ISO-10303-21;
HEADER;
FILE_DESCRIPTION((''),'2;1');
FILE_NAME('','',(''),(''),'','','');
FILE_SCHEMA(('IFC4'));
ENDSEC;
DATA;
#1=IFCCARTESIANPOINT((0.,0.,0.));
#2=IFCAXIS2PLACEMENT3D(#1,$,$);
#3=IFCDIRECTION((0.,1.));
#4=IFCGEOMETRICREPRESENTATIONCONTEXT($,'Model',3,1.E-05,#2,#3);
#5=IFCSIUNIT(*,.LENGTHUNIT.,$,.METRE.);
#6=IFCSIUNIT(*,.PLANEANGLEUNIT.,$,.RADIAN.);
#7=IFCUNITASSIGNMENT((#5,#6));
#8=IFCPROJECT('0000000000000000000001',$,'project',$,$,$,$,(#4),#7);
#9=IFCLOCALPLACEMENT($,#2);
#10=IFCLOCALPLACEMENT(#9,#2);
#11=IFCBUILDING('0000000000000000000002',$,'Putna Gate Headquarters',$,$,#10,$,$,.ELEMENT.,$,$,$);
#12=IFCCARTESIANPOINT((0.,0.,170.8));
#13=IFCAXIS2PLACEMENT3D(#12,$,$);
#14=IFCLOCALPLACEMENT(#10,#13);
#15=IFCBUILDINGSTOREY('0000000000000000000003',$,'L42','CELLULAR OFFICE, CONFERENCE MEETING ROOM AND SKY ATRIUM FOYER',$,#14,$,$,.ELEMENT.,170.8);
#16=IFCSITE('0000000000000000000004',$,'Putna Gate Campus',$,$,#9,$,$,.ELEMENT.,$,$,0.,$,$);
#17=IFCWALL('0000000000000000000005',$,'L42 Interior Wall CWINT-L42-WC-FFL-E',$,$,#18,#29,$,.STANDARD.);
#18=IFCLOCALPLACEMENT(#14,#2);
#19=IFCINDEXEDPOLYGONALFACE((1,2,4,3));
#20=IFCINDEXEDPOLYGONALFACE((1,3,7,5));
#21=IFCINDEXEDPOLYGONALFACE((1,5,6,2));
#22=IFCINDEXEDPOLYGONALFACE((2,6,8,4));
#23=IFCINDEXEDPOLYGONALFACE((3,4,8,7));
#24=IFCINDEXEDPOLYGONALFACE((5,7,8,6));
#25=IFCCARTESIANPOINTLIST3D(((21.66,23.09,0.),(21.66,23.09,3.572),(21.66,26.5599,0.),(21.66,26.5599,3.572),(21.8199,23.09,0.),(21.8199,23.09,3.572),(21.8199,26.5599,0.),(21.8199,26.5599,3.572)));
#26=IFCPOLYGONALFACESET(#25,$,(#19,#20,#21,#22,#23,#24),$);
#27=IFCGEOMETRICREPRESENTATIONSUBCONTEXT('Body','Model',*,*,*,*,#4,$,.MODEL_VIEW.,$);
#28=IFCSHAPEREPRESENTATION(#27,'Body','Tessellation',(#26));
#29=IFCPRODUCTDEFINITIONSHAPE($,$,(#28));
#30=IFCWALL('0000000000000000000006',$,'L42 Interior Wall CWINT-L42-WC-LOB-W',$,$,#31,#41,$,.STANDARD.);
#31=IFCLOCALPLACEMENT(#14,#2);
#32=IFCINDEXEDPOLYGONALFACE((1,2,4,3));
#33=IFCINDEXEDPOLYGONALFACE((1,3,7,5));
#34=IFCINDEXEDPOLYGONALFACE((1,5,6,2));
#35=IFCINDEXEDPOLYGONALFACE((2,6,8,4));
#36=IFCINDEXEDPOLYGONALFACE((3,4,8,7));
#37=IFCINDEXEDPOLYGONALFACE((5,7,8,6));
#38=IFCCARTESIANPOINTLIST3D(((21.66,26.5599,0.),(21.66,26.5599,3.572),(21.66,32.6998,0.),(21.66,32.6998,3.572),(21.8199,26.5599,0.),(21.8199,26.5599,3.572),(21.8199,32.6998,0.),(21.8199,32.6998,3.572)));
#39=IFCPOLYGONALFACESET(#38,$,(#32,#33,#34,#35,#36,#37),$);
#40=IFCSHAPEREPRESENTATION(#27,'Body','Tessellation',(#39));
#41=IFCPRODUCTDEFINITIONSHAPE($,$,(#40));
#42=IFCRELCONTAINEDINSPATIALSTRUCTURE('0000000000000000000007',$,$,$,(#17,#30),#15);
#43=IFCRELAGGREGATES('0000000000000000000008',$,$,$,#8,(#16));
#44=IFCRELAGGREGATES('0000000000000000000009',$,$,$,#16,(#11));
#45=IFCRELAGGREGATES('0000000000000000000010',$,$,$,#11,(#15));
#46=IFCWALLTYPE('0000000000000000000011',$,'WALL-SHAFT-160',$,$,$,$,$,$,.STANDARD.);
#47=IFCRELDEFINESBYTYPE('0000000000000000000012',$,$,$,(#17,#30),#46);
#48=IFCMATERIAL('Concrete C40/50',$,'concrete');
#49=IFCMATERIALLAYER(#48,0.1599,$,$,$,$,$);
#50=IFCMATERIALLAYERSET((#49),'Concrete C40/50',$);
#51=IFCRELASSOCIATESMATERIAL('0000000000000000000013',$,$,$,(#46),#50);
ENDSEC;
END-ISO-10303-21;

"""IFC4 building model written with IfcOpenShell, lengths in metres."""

from ifc_helpers import new_model, si_unit, direction, frame, frame_2d, origin, place, context, subcontext, project, spatial, rectangle, extrude, material, layer, layer_set, type_object, element, save


model = new_model("IFC4")

# Units and contexts
model_context = context("Model", 3, precision=1e-05, world=origin(), true_north=direction((0.0, 1.0)))
body_context = subcontext(model_context, "Body", "Model", "MODEL_VIEW")
ifc_project = project(units=[si_unit("LENGTHUNIT", "METRE"), si_unit("PLANEANGLEUNIT", "RADIAN")], contexts=[model_context])

# Site, building, storey
site_placement = place(None, origin())
site = spatial("IfcSite", under=ifc_project, at=site_placement, Name="Putna Gate Campus", CompositionType="ELEMENT", RefElevation=0.0)
building_placement = place(site_placement, origin())
building = spatial("IfcBuilding", under=site, at=building_placement, Name="Putna Gate Headquarters", CompositionType="ELEMENT")
storey_placement = place(building_placement, frame((0.0, 0.0, 170.8)))
storey = spatial("IfcBuildingStorey", under=building, at=storey_placement, Name="L42", Description="CELLULAR OFFICE, CONFERENCE MEETING ROOM AND SKY ATRIUM FOYER", CompositionType="ELEMENT", Elevation=170.8)

# Walls
ifc_material_1 = material(Name="Concrete C40/50", Category="concrete")
ifc_layer_1 = layer(ifc_material_1, 0.1599)
ifc_layer_set_1 = layer_set([ifc_layer_1], Name="Concrete C40/50")
wall_type_1 = type_object("IfcWallType", Name="WALL-SHAFT-160", PredefinedType="STANDARD", material=ifc_layer_set_1)
wall_1_placement = place(storey_placement, frame((21.74, 23.0901, 0.0), z_axis=(0.0, 0.0, 1.0), x_axis=(0.0, 1.0, 0.0)))
element("IfcWall", 1, at=wall_1_placement, inside=storey, type_object=wall_type_1, Name="L42 Interior Wall CWINT-L42-WC-FFL-E", PredefinedType="STANDARD", context=body_context, shape_type="SweptSolid", body=[
    extrude(rectangle(XDim=3.47, YDim=0.1599, at=frame_2d((1.7349, 0.0))), origin(), (0.0, 0.0, 1.0), 3.572),
])
wall_2_placement = place(storey_placement, frame((21.74, 26.5601, 0.0), z_axis=(0.0, 0.0, 1.0), x_axis=(0.0, 1.0, 0.0)))
element("IfcWall", 2, at=wall_2_placement, inside=storey, type_object=wall_type_1, Name="L42 Interior Wall CWINT-L42-WC-LOB-W", PredefinedType="STANDARD", context=body_context, shape_type="SweptSolid", body=[
    extrude(rectangle(XDim=6.1399, YDim=0.1599, at=frame_2d((3.0698, 0.0))), origin(), (0.0, 0.0, 1.0), 3.572),
])

save(model, "model.ifc")
